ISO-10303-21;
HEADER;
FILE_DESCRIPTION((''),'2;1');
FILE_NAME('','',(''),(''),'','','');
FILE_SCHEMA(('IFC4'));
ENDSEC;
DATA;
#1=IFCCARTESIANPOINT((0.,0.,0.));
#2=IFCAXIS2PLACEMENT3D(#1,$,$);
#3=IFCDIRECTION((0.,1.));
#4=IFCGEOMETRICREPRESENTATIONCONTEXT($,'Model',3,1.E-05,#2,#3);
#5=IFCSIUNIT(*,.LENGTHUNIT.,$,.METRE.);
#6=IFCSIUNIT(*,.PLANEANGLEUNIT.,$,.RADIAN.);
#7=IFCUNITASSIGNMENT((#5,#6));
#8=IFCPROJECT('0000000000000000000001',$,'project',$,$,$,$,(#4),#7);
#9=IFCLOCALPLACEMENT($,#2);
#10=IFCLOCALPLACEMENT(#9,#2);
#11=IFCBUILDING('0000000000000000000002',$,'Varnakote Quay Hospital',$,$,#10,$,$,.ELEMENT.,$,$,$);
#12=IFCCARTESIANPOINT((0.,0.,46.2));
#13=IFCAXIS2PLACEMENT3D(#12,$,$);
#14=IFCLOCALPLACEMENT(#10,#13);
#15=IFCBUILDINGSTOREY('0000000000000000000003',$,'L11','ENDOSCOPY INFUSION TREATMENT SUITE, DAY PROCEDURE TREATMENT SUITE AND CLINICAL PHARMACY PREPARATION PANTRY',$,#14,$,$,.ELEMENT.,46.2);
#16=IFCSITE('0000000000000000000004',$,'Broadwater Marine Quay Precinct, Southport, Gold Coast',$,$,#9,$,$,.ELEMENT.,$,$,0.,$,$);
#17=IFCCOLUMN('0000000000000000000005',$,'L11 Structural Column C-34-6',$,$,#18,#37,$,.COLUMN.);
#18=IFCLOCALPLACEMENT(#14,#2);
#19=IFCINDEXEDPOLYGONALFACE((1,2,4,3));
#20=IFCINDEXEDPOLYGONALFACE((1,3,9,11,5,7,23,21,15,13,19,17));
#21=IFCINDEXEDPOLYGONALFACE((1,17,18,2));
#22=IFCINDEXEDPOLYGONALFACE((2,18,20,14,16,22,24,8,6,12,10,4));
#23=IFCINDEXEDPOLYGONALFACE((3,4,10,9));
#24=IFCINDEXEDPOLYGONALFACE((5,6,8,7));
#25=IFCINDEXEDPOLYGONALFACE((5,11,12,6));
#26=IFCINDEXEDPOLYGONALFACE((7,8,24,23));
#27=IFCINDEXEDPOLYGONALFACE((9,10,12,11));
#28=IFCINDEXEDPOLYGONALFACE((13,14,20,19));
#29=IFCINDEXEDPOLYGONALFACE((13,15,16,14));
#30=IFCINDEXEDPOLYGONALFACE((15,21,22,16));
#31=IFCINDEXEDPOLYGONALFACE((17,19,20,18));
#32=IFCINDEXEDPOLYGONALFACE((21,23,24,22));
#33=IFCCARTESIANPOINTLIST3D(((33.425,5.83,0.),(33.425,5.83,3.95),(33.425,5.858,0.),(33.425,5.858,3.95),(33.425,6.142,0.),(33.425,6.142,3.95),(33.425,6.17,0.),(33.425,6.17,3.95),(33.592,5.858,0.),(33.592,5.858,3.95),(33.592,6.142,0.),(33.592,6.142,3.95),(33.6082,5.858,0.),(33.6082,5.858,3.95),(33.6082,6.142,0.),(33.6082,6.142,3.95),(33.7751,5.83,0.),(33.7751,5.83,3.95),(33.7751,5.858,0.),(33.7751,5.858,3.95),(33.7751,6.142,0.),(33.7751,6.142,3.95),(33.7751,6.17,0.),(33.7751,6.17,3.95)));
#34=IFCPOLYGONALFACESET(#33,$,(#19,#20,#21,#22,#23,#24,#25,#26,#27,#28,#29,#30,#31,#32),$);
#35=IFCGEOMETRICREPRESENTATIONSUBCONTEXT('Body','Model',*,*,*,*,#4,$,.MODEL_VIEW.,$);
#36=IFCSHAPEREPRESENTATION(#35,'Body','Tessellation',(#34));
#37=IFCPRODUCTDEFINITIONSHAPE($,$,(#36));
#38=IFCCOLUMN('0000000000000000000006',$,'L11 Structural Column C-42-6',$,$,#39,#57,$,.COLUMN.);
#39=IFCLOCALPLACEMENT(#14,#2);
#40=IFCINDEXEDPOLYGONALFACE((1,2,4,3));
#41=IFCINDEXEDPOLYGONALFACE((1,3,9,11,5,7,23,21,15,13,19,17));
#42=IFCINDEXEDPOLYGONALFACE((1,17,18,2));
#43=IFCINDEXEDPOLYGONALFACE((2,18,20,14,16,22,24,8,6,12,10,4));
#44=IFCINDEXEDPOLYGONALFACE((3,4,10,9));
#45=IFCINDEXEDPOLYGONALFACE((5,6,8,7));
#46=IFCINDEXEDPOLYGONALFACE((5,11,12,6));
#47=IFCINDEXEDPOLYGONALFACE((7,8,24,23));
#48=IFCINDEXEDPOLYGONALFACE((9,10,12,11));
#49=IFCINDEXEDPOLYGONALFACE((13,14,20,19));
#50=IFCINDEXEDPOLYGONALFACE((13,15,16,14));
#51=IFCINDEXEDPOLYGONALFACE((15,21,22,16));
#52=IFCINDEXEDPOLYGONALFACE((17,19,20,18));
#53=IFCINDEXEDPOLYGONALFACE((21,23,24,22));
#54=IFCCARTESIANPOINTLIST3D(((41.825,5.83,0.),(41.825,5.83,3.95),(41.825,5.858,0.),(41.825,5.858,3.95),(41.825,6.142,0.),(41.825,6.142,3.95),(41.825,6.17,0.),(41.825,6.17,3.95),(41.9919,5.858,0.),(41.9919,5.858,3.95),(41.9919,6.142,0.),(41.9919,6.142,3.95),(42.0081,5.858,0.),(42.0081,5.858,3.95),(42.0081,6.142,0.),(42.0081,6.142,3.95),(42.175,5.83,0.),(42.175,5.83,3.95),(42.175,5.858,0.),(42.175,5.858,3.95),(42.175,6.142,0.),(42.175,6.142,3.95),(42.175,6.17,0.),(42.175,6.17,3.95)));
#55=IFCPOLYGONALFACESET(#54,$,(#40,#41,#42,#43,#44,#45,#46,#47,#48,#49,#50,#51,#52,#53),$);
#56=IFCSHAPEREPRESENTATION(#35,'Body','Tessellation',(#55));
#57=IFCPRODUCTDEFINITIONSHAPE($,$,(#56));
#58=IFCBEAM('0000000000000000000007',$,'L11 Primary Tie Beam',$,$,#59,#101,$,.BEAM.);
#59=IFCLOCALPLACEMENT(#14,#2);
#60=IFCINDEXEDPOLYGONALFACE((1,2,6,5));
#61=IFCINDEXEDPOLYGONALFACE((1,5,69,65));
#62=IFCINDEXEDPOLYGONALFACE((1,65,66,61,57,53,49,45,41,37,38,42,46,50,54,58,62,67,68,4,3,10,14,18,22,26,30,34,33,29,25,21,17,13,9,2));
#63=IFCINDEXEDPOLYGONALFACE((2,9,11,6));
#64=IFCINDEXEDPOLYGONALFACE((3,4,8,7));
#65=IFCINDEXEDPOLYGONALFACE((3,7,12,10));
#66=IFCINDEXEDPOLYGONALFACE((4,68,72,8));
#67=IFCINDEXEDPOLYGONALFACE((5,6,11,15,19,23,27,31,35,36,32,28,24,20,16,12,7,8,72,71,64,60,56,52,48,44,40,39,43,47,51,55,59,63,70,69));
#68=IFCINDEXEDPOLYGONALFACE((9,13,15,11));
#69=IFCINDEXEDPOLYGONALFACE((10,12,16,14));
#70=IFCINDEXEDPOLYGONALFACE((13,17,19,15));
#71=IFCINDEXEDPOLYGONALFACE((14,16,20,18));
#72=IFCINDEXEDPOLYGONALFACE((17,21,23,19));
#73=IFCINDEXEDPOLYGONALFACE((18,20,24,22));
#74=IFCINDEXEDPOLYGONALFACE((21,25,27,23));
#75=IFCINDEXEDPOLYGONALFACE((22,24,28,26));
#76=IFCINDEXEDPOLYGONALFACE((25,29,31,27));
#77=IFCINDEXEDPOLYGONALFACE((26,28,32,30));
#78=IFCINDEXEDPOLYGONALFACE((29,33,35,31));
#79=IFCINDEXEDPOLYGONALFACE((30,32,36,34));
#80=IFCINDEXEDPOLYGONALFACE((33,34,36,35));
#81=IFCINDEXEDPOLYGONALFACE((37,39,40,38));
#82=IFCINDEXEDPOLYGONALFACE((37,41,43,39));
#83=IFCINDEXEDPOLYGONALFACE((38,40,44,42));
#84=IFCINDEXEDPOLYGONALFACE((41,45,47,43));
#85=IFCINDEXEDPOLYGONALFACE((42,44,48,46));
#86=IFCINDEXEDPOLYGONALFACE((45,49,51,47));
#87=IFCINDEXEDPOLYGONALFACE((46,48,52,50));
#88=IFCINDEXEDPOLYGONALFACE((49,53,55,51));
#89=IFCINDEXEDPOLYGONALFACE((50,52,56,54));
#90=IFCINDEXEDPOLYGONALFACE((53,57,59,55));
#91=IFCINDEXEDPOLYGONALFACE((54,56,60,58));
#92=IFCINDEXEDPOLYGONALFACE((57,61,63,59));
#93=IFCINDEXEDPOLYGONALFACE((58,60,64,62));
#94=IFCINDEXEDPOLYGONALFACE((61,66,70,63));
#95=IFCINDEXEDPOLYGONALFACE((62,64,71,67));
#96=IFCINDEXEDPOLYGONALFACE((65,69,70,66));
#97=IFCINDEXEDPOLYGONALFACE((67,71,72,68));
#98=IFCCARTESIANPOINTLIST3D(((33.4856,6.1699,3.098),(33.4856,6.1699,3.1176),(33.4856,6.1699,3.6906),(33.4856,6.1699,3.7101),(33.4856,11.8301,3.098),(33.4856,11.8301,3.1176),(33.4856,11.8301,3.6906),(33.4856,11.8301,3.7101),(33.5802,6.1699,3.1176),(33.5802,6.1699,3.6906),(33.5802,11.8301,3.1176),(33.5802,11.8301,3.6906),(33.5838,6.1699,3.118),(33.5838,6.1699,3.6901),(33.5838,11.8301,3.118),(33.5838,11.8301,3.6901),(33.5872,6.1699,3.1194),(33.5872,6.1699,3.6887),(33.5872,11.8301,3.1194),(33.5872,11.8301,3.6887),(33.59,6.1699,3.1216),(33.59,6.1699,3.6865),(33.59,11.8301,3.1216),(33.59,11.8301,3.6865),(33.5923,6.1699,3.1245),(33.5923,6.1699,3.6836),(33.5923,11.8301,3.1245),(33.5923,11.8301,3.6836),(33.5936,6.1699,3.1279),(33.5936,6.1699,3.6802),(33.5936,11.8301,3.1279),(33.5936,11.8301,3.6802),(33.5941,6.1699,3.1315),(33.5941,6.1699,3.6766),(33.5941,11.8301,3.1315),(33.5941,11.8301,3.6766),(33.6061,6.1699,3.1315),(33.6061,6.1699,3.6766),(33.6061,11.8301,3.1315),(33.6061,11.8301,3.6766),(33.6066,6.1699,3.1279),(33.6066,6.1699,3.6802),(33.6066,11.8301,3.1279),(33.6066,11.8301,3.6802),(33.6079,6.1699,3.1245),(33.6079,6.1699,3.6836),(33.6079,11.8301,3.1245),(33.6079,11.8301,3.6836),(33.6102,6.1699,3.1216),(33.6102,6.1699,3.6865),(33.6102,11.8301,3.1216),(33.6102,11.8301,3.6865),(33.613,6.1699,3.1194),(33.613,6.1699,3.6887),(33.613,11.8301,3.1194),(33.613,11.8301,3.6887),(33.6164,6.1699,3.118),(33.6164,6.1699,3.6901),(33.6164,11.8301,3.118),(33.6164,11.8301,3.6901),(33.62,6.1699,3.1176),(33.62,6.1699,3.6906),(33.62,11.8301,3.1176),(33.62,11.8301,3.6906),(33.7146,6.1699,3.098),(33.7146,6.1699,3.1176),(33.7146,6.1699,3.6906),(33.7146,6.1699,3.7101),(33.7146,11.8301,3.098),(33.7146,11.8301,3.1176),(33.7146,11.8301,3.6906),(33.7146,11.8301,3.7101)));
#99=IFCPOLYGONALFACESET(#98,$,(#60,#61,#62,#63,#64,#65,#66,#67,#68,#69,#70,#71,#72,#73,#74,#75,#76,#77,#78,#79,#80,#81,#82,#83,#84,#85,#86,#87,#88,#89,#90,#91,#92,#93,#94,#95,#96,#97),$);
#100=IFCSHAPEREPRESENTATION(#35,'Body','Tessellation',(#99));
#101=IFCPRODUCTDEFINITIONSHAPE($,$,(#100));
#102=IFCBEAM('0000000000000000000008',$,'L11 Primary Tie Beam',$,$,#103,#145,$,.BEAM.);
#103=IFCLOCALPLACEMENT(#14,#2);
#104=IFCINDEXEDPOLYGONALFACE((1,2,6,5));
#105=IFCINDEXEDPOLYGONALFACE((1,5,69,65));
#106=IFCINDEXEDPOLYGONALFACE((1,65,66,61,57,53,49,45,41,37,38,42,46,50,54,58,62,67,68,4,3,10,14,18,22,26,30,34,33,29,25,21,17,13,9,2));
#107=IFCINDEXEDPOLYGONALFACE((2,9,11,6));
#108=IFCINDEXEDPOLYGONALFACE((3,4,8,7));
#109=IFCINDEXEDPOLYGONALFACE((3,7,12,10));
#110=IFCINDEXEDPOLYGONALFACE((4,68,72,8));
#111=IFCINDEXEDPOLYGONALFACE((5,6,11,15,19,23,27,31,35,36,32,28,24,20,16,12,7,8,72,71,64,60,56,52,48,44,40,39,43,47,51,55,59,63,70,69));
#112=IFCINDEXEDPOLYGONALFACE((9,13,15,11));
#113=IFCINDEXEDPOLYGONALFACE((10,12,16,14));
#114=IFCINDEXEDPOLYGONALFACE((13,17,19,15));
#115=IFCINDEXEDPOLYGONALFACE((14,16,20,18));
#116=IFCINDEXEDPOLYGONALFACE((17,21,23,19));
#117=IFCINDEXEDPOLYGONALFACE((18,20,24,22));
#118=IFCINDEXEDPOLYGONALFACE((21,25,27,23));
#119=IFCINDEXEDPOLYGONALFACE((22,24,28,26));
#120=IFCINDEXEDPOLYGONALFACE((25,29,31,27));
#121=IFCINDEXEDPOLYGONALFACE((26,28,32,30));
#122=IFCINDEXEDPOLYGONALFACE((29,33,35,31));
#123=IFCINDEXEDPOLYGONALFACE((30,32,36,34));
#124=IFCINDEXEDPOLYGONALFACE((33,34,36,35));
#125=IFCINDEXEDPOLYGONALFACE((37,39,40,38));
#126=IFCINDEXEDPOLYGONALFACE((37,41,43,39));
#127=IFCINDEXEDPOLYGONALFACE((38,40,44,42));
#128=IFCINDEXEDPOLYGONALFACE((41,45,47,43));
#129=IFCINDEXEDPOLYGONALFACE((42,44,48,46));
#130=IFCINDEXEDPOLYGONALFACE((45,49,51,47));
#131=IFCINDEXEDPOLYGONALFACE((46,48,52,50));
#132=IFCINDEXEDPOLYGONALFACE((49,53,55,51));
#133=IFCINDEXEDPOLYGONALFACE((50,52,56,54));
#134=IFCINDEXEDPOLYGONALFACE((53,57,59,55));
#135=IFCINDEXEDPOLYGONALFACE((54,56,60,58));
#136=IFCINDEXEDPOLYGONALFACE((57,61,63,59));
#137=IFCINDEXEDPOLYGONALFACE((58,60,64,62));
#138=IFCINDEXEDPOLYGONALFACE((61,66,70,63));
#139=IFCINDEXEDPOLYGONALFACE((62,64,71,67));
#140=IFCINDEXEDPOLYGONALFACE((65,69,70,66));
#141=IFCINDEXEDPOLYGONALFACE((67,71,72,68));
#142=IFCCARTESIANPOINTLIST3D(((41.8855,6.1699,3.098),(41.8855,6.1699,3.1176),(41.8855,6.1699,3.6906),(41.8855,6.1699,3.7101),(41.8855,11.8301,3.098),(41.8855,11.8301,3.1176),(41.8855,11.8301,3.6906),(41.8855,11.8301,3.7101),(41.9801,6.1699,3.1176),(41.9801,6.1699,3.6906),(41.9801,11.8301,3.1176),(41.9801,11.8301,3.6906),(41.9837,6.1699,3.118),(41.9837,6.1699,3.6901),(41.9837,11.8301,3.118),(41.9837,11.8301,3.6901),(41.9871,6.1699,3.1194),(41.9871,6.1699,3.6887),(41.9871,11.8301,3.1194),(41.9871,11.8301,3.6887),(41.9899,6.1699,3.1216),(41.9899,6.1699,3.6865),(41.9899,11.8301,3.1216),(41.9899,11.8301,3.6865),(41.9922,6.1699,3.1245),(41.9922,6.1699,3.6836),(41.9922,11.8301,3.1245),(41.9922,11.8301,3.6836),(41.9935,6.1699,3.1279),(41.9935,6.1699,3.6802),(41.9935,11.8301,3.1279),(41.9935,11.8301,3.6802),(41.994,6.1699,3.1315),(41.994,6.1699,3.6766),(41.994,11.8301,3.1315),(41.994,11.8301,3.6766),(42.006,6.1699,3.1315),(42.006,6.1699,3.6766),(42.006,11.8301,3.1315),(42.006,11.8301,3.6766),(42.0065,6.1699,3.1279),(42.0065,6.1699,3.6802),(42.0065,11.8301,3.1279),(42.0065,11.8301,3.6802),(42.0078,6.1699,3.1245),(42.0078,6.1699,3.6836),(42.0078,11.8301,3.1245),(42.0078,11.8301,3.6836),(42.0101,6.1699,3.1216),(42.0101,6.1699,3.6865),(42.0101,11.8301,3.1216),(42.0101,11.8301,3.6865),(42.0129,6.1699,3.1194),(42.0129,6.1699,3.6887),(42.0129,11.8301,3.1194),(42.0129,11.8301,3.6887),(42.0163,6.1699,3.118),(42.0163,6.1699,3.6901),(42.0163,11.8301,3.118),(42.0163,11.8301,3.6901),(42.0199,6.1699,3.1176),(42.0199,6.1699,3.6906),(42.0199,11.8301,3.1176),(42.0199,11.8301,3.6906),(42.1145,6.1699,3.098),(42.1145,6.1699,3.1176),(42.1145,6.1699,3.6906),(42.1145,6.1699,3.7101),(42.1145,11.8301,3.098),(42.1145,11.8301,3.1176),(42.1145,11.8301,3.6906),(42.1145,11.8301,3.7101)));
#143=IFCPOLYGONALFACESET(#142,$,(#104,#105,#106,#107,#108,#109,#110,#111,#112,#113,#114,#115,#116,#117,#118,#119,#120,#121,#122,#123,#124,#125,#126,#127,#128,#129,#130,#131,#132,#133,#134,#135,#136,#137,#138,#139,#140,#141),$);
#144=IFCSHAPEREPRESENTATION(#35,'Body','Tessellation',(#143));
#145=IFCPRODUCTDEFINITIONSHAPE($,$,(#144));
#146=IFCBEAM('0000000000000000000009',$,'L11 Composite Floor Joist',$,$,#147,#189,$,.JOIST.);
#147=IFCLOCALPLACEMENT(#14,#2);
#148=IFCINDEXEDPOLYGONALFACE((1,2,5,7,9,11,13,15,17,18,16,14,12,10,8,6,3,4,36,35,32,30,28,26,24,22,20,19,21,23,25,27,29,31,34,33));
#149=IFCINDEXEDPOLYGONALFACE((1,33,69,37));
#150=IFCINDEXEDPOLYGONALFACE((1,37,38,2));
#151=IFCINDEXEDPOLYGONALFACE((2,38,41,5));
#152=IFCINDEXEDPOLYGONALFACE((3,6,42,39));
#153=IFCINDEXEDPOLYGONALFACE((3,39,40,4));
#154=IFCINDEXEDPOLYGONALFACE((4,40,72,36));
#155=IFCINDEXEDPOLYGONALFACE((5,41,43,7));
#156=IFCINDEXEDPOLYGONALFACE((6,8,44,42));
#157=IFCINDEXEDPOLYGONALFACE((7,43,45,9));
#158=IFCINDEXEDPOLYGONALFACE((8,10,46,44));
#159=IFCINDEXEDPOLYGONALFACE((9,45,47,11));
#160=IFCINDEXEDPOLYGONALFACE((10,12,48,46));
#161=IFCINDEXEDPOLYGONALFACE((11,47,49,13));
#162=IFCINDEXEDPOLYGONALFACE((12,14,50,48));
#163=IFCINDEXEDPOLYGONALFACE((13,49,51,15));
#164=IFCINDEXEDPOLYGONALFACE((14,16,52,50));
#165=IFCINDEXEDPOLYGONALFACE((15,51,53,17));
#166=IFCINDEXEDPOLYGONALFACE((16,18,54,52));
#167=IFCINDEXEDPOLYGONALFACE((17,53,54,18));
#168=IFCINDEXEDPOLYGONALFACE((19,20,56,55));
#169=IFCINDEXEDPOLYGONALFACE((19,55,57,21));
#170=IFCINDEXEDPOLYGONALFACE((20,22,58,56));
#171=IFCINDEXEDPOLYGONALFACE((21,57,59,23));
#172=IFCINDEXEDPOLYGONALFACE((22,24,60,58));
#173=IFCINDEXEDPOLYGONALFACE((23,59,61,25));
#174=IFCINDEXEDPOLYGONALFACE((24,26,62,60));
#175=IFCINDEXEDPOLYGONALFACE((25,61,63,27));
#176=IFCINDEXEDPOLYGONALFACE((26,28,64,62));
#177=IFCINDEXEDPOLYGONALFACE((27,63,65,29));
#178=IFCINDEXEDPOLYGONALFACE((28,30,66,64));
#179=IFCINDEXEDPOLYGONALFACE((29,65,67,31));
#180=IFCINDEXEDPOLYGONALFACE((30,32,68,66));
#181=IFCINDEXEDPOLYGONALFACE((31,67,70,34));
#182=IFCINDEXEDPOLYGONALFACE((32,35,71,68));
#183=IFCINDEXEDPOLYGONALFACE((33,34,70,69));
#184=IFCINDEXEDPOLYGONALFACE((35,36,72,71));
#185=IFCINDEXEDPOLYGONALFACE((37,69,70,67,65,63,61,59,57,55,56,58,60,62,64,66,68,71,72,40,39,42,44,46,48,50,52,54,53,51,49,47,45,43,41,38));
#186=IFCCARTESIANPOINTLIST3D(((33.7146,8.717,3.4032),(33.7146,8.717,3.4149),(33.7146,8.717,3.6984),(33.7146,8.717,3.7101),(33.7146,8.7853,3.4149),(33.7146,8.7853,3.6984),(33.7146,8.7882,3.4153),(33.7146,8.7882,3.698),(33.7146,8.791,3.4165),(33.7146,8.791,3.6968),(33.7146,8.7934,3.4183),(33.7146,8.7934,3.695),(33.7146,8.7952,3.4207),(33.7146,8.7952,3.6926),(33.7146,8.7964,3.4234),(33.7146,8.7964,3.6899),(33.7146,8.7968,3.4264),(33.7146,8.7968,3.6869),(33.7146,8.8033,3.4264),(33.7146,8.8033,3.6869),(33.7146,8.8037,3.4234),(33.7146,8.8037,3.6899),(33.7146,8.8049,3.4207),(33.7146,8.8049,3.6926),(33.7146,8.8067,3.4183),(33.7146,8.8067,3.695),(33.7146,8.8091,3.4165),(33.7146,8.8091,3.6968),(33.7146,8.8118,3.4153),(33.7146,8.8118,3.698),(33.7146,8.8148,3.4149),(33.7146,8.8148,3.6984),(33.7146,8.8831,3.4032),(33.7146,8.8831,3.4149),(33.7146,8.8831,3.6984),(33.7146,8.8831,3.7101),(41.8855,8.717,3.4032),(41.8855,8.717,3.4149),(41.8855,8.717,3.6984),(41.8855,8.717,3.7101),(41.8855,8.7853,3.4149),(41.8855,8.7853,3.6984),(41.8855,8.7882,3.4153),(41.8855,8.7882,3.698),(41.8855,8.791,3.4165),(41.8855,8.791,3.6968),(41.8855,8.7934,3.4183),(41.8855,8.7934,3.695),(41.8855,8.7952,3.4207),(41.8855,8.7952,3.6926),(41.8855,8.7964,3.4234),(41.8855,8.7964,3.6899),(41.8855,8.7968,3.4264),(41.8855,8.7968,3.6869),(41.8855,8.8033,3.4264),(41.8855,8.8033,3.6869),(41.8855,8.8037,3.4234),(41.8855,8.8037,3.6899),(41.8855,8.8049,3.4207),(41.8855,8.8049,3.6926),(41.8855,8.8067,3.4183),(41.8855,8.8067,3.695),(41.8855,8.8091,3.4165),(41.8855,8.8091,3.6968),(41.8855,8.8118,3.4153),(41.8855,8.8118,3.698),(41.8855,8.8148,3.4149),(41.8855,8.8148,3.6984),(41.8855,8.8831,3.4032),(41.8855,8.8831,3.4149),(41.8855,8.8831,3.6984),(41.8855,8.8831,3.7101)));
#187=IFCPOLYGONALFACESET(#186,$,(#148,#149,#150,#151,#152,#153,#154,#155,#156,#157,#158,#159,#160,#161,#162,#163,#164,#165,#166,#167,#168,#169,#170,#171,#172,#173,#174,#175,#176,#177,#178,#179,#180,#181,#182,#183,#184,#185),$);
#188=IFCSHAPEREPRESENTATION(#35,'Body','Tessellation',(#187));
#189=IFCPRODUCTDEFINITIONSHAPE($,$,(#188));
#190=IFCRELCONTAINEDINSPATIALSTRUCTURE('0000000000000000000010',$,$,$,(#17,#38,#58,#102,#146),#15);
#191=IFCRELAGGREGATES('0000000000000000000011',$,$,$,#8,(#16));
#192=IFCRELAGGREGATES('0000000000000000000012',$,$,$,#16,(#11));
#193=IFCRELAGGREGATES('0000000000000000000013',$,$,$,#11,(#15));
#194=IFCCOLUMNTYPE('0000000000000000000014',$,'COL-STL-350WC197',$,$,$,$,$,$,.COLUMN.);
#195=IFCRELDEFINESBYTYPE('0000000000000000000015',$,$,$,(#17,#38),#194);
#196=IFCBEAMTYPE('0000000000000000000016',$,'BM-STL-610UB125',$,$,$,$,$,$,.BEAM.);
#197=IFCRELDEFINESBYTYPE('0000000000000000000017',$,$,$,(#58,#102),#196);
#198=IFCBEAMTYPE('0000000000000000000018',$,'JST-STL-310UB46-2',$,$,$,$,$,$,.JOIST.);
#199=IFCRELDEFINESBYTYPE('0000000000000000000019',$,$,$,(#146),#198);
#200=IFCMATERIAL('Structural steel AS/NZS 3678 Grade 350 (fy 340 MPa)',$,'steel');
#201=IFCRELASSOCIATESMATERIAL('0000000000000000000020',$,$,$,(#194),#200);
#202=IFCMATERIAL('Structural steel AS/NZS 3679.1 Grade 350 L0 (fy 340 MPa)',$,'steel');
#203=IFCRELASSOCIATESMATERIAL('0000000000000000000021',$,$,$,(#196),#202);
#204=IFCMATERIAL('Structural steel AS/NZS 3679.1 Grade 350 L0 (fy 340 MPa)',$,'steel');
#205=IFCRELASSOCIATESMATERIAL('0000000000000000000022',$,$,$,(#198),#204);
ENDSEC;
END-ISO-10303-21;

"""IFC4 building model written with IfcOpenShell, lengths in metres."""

from ifc_helpers import new_model, si_unit, direction, frame, origin, origin_2d, place, context, subcontext, project, spatial, i_section, extrude, material, material_profile, profile_set, type_object, element, save


model = new_model("IFC4")

# Units and contexts
model_context = context("Model", 3, precision=1e-05, world=origin(), true_north=direction((0.0, 1.0)))
body_context = subcontext(model_context, "Body", "Model", "MODEL_VIEW")
ifc_project = project(units=[si_unit("LENGTHUNIT", "METRE"), si_unit("PLANEANGLEUNIT", "RADIAN")], contexts=[model_context])

# Site, building, storey
site_placement = place(None, origin())
site = spatial("IfcSite", under=ifc_project, at=site_placement, Name="Broadwater Marine Quay Precinct, Southport, Gold Coast", CompositionType="ELEMENT", RefElevation=0.0)
building_placement = place(site_placement, origin())
building = spatial("IfcBuilding", under=site, at=building_placement, Name="Varnakote Quay Hospital", CompositionType="ELEMENT")
storey_placement = place(building_placement, frame((0.0, 0.0, 46.2)))
storey = spatial("IfcBuildingStorey", under=building, at=storey_placement, Name="L11", Description="ENDOSCOPY INFUSION TREATMENT SUITE, DAY PROCEDURE TREATMENT SUITE AND CLINICAL PHARMACY PREPARATION PANTRY", CompositionType="ELEMENT", Elevation=46.2)

# Columns
ifc_material_1 = material(Name="Structural steel AS/NZS 3678 Grade 350 (fy 340 MPa)", Category="steel")
ifc_material_profile_1 = material_profile(ifc_material_1, i_section(OverallWidth=0.3501, OverallDepth=0.3401, WebThickness=0.0161, FlangeThickness=0.0281, at=origin_2d()), Name="350WC197")
ifc_profile_set_1 = profile_set([ifc_material_profile_1], Name="Structural steel AS/NZS 3678 Grade 350 (fy 340 MPa)")
column_type = type_object("IfcColumnType", Name="COL-STL-350WC197", PredefinedType="COLUMN", material=ifc_profile_set_1)
for number, where, z_axis, x_axis, name in (
    (1, (33.6001, 6.0, 0.0), (0.0, 0.0, 1.0), (1.0, 0.0, 0.0), "L11 Structural Column C-34-6"),
    (2, (42.0, 6.0, 0.0), (0.0, 0.0, 1.0), (1.0, 0.0, 0.0), "L11 Structural Column C-42-6"),
):
    element("IfcColumn", number, at=place(storey_placement, frame(where, z_axis=z_axis, x_axis=x_axis)), inside=storey, type_object=column_type, Name=name, PredefinedType="COLUMN", context=body_context, shape_type="SweptSolid", body=[
        extrude(i_section(OverallWidth=0.3501, OverallDepth=0.3401, WebThickness=0.0161, FlangeThickness=0.0281, at=origin_2d()), origin(), (0.0, 0.0, 1.0), 3.95),
    ])

# Beams
ifc_material_2 = material(Name="Structural steel AS/NZS 3679.1 Grade 350 L0 (fy 340 MPa)", Category="steel")
ifc_material_profile_2 = material_profile(ifc_material_2, i_section(OverallWidth=0.229, OverallDepth=0.6121, WebThickness=0.012, FlangeThickness=0.0195, FilletRadius=0.0139, at=origin_2d()), Name="610UB125")
ifc_profile_set_2 = profile_set([ifc_material_profile_2], Name="Structural steel AS/NZS 3679.1 Grade 350 L0 (fy 340 MPa)")
beam_type_1 = type_object("IfcBeamType", Name="BM-STL-610UB125", PredefinedType="BEAM", material=ifc_profile_set_2)
for number, where, z_axis, x_axis, name in (
    (3, (33.6001, 6.1699, 3.4041), (0.0, 1.0, 0.0), (-1.0, 0.0, 0.0), "L11 Primary Tie Beam"),
    (4, (42.0, 6.1699, 3.4041), (0.0, 1.0, 0.0), (-1.0, 0.0, 0.0), "L11 Primary Tie Beam"),
):
    element("IfcBeam", number, at=place(storey_placement, frame(where, z_axis=z_axis, x_axis=x_axis)), inside=storey, type_object=beam_type_1, Name=name, PredefinedType="BEAM", context=body_context, shape_type="SweptSolid", body=[
        extrude(i_section(OverallWidth=0.229, OverallDepth=0.6121, WebThickness=0.012, FlangeThickness=0.0195, FilletRadius=0.0139, at=origin_2d()), origin(), (0.0, 0.0, 1.0), 5.6602),
    ])
ifc_material_3 = material(Name="Structural steel AS/NZS 3679.1 Grade 350 L0 (fy 340 MPa)", Category="steel")
ifc_material_profile_3 = material_profile(ifc_material_3, i_section(OverallWidth=0.166, OverallDepth=0.3069, WebThickness=0.0066, FlangeThickness=0.0117, FilletRadius=0.0115, at=origin_2d()), Name="310UB46.2")
ifc_profile_set_3 = profile_set([ifc_material_profile_3], Name="Structural steel AS/NZS 3679.1 Grade 350 L0 (fy 340 MPa)")
beam_type_2 = type_object("IfcBeamType", Name="JST-STL-310UB46-2", PredefinedType="JOIST", material=ifc_profile_set_3)
beam_placement = place(storey_placement, frame((33.7146, 8.8, 3.5566), z_axis=(1.0, 0.0, 0.0), x_axis=(0.0, 1.0, 0.0)))
element("IfcBeam", 5, at=beam_placement, inside=storey, type_object=beam_type_2, Name="L11 Composite Floor Joist", PredefinedType="JOIST", context=body_context, shape_type="SweptSolid", body=[
    extrude(i_section(OverallWidth=0.166, OverallDepth=0.3069, WebThickness=0.0066, FlangeThickness=0.0117, FilletRadius=0.0115, at=origin_2d()), origin(), (0.0, 0.0, 1.0), 8.1709),
])

save(model, "model.ifc")
